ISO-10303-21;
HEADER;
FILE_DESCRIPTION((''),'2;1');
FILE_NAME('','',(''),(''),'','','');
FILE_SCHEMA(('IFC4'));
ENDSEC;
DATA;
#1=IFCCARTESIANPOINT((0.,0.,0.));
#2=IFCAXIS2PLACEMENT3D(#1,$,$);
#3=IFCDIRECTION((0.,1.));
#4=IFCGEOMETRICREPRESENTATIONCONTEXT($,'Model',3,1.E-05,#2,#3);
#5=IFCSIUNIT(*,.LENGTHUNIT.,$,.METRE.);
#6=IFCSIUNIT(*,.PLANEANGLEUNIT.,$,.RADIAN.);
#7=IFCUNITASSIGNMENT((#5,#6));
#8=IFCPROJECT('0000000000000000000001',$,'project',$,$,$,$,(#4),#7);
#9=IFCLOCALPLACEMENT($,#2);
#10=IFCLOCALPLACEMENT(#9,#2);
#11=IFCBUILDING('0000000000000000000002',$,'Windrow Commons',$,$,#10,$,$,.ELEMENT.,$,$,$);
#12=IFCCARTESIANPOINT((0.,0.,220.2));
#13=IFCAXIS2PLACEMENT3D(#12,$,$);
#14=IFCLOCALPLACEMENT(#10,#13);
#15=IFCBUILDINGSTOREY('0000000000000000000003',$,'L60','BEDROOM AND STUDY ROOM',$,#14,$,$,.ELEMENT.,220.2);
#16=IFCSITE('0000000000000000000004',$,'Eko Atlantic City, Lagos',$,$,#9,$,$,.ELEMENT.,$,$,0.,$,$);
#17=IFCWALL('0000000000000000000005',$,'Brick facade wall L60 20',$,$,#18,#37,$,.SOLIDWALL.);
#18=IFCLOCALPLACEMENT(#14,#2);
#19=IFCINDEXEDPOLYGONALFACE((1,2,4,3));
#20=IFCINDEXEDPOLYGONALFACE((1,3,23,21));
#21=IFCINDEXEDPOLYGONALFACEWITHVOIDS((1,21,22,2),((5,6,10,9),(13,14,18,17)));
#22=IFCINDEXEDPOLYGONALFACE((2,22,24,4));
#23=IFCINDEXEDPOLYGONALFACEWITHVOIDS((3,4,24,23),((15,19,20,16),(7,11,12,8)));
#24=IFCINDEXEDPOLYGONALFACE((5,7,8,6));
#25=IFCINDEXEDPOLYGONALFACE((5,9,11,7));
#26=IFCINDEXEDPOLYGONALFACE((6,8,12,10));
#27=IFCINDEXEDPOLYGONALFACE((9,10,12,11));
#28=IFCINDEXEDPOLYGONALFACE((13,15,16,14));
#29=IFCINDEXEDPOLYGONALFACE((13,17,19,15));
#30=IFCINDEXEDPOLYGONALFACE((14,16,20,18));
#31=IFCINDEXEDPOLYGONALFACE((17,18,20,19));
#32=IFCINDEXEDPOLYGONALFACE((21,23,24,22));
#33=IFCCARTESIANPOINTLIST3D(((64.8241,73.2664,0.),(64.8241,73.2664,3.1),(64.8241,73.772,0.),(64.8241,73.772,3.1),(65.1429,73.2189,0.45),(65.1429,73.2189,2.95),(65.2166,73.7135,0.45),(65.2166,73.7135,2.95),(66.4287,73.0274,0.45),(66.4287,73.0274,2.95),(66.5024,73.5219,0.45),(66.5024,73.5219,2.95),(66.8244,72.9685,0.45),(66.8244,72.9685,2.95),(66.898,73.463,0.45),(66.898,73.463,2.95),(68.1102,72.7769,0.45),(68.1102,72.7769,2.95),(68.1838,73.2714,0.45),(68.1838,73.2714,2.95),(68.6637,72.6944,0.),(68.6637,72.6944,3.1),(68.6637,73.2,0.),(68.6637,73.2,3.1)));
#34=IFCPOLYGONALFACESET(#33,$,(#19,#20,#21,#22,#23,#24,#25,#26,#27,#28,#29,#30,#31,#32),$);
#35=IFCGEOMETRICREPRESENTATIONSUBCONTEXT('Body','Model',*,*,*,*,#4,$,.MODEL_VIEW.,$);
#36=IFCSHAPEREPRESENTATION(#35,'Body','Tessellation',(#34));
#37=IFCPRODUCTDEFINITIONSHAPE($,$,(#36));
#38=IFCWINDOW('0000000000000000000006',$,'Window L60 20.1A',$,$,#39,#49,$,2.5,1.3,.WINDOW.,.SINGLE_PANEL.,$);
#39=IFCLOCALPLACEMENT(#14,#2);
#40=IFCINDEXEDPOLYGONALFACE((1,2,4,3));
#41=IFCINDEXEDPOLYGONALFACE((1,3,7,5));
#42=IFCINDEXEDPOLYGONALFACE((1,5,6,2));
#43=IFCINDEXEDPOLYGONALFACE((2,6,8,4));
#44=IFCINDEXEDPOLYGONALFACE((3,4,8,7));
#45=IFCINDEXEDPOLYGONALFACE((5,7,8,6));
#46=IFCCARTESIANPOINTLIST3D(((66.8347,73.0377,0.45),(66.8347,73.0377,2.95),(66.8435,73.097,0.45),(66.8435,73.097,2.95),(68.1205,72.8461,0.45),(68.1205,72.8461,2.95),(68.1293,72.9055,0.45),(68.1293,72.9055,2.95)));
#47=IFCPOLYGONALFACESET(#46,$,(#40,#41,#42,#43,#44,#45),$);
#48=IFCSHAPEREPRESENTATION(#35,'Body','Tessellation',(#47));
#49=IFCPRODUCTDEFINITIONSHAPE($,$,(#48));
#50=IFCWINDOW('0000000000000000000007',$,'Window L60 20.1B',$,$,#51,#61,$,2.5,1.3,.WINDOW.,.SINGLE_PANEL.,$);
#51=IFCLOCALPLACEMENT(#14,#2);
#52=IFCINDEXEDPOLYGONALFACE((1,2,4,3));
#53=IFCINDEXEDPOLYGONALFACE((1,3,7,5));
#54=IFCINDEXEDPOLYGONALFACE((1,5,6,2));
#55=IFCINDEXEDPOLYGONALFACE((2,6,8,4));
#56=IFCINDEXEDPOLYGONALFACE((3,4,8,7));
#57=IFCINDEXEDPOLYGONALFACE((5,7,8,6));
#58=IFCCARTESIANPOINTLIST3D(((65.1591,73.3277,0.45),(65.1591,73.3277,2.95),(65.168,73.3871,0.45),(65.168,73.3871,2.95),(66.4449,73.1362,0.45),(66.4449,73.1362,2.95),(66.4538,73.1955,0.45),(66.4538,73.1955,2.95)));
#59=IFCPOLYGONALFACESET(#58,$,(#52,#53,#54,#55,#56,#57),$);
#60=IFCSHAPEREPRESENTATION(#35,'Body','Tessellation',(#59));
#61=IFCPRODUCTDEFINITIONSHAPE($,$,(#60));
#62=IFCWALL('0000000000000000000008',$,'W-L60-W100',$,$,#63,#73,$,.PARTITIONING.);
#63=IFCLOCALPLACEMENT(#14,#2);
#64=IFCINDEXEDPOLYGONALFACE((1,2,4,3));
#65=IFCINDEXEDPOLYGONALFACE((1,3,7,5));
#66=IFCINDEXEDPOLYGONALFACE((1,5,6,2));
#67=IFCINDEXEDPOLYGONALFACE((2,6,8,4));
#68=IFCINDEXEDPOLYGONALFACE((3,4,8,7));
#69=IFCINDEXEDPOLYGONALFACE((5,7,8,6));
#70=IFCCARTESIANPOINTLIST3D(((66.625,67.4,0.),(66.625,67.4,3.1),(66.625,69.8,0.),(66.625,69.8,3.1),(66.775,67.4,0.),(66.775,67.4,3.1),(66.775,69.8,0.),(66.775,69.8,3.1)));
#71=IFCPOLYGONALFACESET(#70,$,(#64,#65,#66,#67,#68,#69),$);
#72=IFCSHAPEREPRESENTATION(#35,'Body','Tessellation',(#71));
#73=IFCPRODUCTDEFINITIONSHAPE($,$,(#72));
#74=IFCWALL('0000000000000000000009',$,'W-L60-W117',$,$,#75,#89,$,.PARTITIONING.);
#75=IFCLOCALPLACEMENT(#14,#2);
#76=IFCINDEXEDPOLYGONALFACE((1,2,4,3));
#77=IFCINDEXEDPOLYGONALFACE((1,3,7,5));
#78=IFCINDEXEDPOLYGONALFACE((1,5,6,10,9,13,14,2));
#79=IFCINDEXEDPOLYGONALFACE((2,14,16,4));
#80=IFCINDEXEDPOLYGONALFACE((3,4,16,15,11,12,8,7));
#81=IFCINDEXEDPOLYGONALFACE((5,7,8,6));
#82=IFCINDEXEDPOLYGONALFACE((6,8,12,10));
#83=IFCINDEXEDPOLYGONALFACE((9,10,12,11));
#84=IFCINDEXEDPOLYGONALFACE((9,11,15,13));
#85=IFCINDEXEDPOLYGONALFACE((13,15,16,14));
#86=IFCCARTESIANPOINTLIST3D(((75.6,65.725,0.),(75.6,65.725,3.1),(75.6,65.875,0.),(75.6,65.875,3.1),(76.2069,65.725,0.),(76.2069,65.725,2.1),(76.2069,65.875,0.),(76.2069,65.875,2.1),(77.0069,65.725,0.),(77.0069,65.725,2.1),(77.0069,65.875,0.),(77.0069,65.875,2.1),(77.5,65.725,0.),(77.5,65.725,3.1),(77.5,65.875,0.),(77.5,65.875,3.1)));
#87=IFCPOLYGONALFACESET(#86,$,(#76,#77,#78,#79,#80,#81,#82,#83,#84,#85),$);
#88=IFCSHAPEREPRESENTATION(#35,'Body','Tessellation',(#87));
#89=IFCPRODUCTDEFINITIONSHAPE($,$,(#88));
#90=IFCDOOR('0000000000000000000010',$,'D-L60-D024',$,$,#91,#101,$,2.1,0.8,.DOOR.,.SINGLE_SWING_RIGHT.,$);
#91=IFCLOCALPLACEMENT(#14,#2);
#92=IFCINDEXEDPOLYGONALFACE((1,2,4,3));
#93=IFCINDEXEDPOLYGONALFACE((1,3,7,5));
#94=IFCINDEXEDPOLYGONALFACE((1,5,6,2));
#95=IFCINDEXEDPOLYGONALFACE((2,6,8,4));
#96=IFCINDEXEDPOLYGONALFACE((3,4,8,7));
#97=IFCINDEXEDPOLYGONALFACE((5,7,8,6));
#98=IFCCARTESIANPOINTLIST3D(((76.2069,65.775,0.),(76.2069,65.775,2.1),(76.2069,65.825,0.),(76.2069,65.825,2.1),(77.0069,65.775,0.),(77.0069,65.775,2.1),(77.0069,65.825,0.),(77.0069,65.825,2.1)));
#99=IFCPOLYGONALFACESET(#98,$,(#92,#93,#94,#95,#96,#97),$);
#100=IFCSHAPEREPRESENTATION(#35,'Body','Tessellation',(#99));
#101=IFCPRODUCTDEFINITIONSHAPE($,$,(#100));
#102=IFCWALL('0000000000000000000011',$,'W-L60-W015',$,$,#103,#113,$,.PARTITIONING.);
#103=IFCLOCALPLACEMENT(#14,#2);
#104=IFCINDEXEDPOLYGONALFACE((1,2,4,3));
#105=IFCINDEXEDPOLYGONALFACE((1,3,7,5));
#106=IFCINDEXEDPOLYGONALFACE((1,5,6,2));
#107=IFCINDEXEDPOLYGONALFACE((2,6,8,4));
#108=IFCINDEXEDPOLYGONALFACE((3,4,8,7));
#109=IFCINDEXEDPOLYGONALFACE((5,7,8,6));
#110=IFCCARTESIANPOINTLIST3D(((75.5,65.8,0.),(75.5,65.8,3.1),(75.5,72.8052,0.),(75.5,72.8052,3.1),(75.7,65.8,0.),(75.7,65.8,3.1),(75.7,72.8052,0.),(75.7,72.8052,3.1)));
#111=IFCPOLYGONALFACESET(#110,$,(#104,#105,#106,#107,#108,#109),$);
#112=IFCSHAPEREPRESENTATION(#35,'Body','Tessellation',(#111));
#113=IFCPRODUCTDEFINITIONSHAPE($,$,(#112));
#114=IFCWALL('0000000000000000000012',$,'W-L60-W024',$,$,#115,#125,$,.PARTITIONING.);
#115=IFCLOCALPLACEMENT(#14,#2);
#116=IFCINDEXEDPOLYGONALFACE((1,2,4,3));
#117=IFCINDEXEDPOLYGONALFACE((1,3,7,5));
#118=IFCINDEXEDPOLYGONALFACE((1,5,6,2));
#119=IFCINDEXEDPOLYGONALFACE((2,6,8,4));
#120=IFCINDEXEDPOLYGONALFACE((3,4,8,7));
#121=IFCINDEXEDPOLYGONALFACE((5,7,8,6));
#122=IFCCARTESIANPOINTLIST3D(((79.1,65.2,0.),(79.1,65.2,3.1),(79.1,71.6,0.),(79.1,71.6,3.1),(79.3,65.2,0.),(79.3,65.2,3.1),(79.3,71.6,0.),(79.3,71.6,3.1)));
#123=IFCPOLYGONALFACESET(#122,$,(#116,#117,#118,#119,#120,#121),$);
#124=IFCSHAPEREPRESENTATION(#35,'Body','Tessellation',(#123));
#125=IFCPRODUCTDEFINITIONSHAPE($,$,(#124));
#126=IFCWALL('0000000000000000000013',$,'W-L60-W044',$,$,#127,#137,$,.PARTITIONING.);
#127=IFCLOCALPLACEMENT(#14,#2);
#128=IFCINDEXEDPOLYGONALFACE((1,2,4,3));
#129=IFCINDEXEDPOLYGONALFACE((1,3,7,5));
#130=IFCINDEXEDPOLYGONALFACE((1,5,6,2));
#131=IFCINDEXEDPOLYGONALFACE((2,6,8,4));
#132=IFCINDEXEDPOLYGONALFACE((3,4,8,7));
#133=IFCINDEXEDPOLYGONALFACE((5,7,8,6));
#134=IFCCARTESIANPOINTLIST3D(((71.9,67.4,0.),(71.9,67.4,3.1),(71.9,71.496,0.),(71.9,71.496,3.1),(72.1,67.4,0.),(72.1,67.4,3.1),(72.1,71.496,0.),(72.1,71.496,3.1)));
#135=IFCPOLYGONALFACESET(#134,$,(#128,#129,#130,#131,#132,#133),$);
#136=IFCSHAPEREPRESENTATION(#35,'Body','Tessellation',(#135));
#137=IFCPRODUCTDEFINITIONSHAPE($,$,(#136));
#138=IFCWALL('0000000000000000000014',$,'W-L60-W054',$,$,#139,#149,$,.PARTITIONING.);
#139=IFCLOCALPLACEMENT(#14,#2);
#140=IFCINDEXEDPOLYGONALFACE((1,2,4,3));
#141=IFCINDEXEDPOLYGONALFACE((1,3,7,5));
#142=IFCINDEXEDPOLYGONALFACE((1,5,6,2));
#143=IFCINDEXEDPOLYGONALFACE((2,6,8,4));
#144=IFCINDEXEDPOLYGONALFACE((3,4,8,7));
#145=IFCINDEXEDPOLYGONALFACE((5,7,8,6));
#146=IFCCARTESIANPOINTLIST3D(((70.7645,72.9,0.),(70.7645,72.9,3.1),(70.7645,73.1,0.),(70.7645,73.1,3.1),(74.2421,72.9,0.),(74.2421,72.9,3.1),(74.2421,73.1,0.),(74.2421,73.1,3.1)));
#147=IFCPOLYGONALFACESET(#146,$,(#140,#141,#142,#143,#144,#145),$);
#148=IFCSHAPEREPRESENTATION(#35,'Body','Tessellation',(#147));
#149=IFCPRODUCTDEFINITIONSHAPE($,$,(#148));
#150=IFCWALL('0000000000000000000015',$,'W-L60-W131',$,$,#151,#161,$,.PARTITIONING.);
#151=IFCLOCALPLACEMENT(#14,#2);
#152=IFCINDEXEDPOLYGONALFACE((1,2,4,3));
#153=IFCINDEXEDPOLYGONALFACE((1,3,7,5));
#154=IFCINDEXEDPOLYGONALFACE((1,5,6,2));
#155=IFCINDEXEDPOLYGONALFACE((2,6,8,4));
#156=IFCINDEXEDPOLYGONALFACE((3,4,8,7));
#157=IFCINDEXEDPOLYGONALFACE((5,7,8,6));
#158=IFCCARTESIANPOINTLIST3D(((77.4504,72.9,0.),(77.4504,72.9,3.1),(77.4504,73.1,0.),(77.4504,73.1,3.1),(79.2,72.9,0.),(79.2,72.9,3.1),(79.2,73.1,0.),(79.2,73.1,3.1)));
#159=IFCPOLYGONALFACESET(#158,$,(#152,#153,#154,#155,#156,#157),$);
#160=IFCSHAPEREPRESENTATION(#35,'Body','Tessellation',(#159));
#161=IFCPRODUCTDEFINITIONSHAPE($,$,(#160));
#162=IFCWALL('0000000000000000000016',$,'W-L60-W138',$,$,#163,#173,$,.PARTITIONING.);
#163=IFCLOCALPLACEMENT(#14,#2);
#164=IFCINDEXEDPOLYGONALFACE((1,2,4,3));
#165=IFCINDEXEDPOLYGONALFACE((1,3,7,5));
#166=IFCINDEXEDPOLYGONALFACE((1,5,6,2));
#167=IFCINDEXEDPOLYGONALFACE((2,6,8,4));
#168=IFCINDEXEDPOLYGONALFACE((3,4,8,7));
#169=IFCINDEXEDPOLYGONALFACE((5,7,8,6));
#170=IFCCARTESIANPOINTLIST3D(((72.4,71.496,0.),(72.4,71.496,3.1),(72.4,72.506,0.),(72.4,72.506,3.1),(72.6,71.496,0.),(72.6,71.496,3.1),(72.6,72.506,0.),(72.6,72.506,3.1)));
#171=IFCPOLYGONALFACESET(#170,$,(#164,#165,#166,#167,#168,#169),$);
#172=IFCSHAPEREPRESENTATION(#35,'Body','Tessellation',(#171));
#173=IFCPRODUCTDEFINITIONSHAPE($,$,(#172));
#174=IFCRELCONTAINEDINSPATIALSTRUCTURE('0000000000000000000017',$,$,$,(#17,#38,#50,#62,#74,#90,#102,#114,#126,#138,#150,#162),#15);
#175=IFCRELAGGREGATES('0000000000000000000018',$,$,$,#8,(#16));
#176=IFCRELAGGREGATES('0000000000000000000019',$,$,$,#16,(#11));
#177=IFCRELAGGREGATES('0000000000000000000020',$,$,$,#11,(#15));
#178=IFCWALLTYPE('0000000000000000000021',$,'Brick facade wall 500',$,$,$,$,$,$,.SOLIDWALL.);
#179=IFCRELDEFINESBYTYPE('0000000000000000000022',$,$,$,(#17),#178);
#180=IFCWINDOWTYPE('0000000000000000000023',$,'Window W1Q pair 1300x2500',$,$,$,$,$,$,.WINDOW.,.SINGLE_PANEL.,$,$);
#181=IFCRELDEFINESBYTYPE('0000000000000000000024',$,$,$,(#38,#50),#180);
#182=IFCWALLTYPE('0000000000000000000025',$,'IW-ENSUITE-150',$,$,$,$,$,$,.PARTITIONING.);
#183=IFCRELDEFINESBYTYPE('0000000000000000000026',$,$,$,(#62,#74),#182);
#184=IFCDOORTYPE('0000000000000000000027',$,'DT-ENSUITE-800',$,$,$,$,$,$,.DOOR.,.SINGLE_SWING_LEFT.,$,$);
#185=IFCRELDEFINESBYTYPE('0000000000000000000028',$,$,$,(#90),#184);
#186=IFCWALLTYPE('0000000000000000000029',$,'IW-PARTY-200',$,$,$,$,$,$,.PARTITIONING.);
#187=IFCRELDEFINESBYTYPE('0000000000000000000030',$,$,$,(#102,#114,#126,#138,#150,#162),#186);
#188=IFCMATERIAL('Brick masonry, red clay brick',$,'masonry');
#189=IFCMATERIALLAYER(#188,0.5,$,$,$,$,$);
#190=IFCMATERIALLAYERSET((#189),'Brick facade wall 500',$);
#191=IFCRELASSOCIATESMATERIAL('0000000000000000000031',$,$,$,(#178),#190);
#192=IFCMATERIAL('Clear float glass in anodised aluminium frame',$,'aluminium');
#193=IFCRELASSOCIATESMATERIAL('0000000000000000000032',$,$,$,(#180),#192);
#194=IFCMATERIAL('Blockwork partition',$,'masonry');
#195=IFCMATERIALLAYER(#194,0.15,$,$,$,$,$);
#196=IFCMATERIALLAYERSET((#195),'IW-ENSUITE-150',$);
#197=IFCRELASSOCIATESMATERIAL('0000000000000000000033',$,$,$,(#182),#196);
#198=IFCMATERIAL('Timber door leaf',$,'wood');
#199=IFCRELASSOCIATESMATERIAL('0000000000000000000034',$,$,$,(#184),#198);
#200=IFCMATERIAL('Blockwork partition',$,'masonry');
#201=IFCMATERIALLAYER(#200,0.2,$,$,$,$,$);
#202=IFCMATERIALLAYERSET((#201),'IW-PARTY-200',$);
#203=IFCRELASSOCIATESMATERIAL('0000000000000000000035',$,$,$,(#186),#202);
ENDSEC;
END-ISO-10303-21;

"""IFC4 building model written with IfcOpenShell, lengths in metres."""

from ifc_helpers import new_model, si_unit, direction, frame, frame_2d, origin, place, context, subcontext, project, spatial, polyline, rectangle, outline, extrude, material, layer, layer_set, type_object, element, fill, save


model = new_model("IFC4")

# Units and contexts
model_context = context("Model", 3, precision=1e-05, world=origin(), true_north=direction((0.0, 1.0)))
body_context = subcontext(model_context, "Body", "Model", "MODEL_VIEW")
ifc_project = project(units=[si_unit("LENGTHUNIT", "METRE"), si_unit("PLANEANGLEUNIT", "RADIAN")], contexts=[model_context])

# Site, building, storey
site_placement = place(None, origin())
site = spatial("IfcSite", under=ifc_project, at=site_placement, Name="Eko Atlantic City, Lagos", CompositionType="ELEMENT", RefElevation=0.0)
building_placement = place(site_placement, origin())
building = spatial("IfcBuilding", under=site, at=building_placement, Name="Windrow Commons", CompositionType="ELEMENT")
storey_placement = place(building_placement, frame((0.0, 0.0, 220.2)))
storey = spatial("IfcBuildingStorey", under=building, at=storey_placement, Name="L60", Description="BEDROOM AND STUDY ROOM", CompositionType="ELEMENT", Elevation=220.2)

# Shared definitions
ifc_material_1 = material(Name="Brick masonry, red clay brick", Category="masonry")
ifc_layer_1 = layer(ifc_material_1, 0.5)
ifc_layer_set_1 = layer_set([ifc_layer_1], Name="Brick facade wall 500")
wall_type_1 = type_object("IfcWallType", Name="Brick facade wall 500", PredefinedType="SOLIDWALL", material=ifc_layer_set_1)

# Wall, openings, windows
ifc_material_2 = material(Name="Clear float glass in anodised aluminium frame", Category="aluminium")
window_type_1 = type_object("IfcWindowType", Name="Window W1Q pair 1300x2500", PartitioningType="SINGLE_PANEL", PredefinedType="WINDOW", material=ifc_material_2)
wall_1_placement = place(storey_placement, frame((68.6637, 72.9472, 0.0), z_axis=(0.0, 0.0, 1.0), x_axis=(-0.989085, 0.147348, 0.0)))
wall_1 = element("IfcWall", 1, at=wall_1_placement, inside=storey, type_object=wall_type_1, Name="Brick facade wall L60 20", PredefinedType="SOLIDWALL", context=body_context, shape_type="SweptSolid", body=[
    extrude(outline(polyline([(0.0372, -0.25), (3.9192, -0.25), (3.8447, 0.25), (-0.0372, 0.25), (0.0372, -0.25)])), origin(), (0.0, 0.0, 1.0), 3.1),
])
opening_1_placement = place(wall_1_placement, frame((0.5224, 0.0, 0.45)))
opening_1 = element("IfcOpeningElement", 2, at=opening_1_placement, cuts=wall_1, PredefinedType="OPENING", context=body_context, shape_type="SweptSolid", body=[
    extrude(rectangle(XDim=1.3, YDim=2.5, at=frame_2d((0.65, 1.25))), frame((0.0, 0.26, 0.0), z_axis=(0.0, -1.0, 0.0), x_axis=(1.0, 0.0, 0.0)), (0.0, 0.0, 1.0), 0.52),
])
opening_2_placement = place(wall_1_placement, frame((2.2224, 0.0, 0.45)))
opening_2 = element("IfcOpeningElement", 3, at=opening_2_placement, cuts=wall_1, PredefinedType="OPENING", context=body_context, shape_type="SweptSolid", body=[
    extrude(rectangle(XDim=1.3, YDim=2.5, at=frame_2d((0.65, 1.25))), frame((0.0, 0.26, 0.0), z_axis=(0.0, -1.0, 0.0), x_axis=(1.0, 0.0, 0.0)), (0.0, 0.0, 1.0), 0.52),
])
window_1_placement = place(opening_1_placement, origin())
window_1 = element("IfcWindow", 4, at=window_1_placement, inside=storey, type_object=window_type_1, Name="Window L60 20.1A", OverallHeight=2.5, OverallWidth=1.3, PartitioningType="SINGLE_PANEL", PredefinedType="WINDOW", context=body_context, shape_type="SweptSolid", body=[
    extrude(rectangle(XDim=1.3, YDim=2.5, at=frame_2d((0.65, 1.25))), frame((0.0, 0.18, 0.0), z_axis=(0.0, -1.0, 0.0), x_axis=(1.0, 0.0, 0.0)), (0.0, 0.0, 1.0), 0.06),
])
fill(opening_1, window_1)
window_2_placement = place(opening_2_placement, origin())
window_2 = element("IfcWindow", 5, at=window_2_placement, inside=storey, type_object=window_type_1, Name="Window L60 20.1B", OverallHeight=2.5, OverallWidth=1.3, PartitioningType="SINGLE_PANEL", PredefinedType="WINDOW", context=body_context, shape_type="SweptSolid", body=[
    extrude(rectangle(XDim=1.3, YDim=2.5, at=frame_2d((0.65, 1.25))), frame((0.0, 0.14, 0.0), z_axis=(0.0, -1.0, 0.0), x_axis=(1.0, 0.0, 0.0)), (0.0, 0.0, 1.0), 0.06),
])
fill(opening_2, window_2)

# Wall
ifc_material_3 = material(Name="Blockwork partition", Category="masonry")
ifc_layer_2 = layer(ifc_material_3, 0.15)
ifc_layer_set_2 = layer_set([ifc_layer_2], Name="IW-ENSUITE-150")
wall_type_2 = type_object("IfcWallType", Name="IW-ENSUITE-150", PredefinedType="PARTITIONING", material=ifc_layer_set_2)
wall_2_placement = place(storey_placement, frame((66.7, 67.4, 0.0), z_axis=(0.0, 0.0, 1.0), x_axis=(0.0, 1.0, 0.0)))
element("IfcWall", 6, at=wall_2_placement, inside=storey, type_object=wall_type_2, Name="W-L60-W100", PredefinedType="PARTITIONING", context=body_context, shape_type="SweptSolid", body=[
    extrude(rectangle(XDim=2.4, YDim=0.15, at=frame_2d((1.2, 0.0))), origin(), (0.0, 0.0, 1.0), 3.1),
])

# Wall, opening, door
wall_3_placement = place(storey_placement, frame((75.6, 65.8, 0.0), z_axis=(0.0, 0.0, 1.0), x_axis=(1.0, 0.0, 0.0)))
wall_3 = element("IfcWall", 7, at=wall_3_placement, inside=storey, type_object=wall_type_2, Name="W-L60-W117", PredefinedType="PARTITIONING", context=body_context, shape_type="SweptSolid", body=[
    extrude(rectangle(XDim=1.9, YDim=0.15, at=frame_2d((0.95, 0.0))), origin(), (0.0, 0.0, 1.0), 3.1),
])
opening_3_placement = place(wall_3_placement, frame((0.6069, 0.0, 0.0)))
opening_3 = element("IfcOpeningElement", 8, at=opening_3_placement, cuts=wall_3, PredefinedType="OPENING", context=body_context, shape_type="SweptSolid", body=[
    extrude(rectangle(XDim=0.8, YDim=2.1, at=frame_2d((0.4, 1.05))), frame((0.0, 0.085, 0.0), z_axis=(0.0, -1.0, 0.0), x_axis=(1.0, 0.0, 0.0)), (0.0, 0.0, 1.0), 0.17),
])
ifc_material_4 = material(Name="Timber door leaf", Category="wood")
door_type = type_object("IfcDoorType", Name="DT-ENSUITE-800", OperationType="SINGLE_SWING_LEFT", PredefinedType="DOOR", material=ifc_material_4)
door_placement = place(opening_3_placement, origin())
door = element("IfcDoor", 9, at=door_placement, inside=storey, type_object=door_type, Name="D-L60-D024", OperationType="SINGLE_SWING_RIGHT", OverallHeight=2.1, OverallWidth=0.8, PredefinedType="DOOR", context=body_context, shape_type="SweptSolid", body=[
    extrude(rectangle(XDim=0.8, YDim=2.1, at=frame_2d((0.4, 1.05))), frame((0.0, 0.025, 0.0), z_axis=(0.0, -1.0, 0.0), x_axis=(1.0, 0.0, 0.0)), (0.0, 0.0, 1.0), 0.05),
])
fill(opening_3, door)

# Walls
ifc_material_5 = material(Name="Blockwork partition", Category="masonry")
ifc_layer_3 = layer(ifc_material_5, 0.2)
ifc_layer_set_3 = layer_set([ifc_layer_3], Name="IW-PARTY-200")
wall_type_3 = type_object("IfcWallType", Name="IW-PARTY-200", PredefinedType="PARTITIONING", material=ifc_layer_set_3)
wall_4_placement = place(storey_placement, frame((75.6, 65.8, 0.0), z_axis=(0.0, 0.0, 1.0), x_axis=(0.0, 1.0, 0.0)))
element("IfcWall", 10, at=wall_4_placement, inside=storey, type_object=wall_type_3, Name="W-L60-W015", PredefinedType="PARTITIONING", context=body_context, shape_type="SweptSolid", body=[
    extrude(rectangle(XDim=7.0052, YDim=0.2, at=frame_2d((3.5026, 0.0))), origin(), (0.0, 0.0, 1.0), 3.1),
])
wall_5_placement = place(storey_placement, frame((79.2, 65.2, 0.0), z_axis=(0.0, 0.0, 1.0), x_axis=(0.0, 1.0, 0.0)))
element("IfcWall", 11, at=wall_5_placement, inside=storey, type_object=wall_type_3, Name="W-L60-W024", PredefinedType="PARTITIONING", context=body_context, shape_type="SweptSolid", body=[
    extrude(rectangle(XDim=6.4, YDim=0.2, at=frame_2d((3.2, 0.0))), origin(), (0.0, 0.0, 1.0), 3.1),
])
wall_6_placement = place(storey_placement, frame((72.0, 67.4, 0.0), z_axis=(0.0, 0.0, 1.0), x_axis=(0.0, 1.0, 0.0)))
element("IfcWall", 12, at=wall_6_placement, inside=storey, type_object=wall_type_3, Name="W-L60-W044", PredefinedType="PARTITIONING", context=body_context, shape_type="SweptSolid", body=[
    extrude(rectangle(XDim=4.096, YDim=0.2, at=frame_2d((2.048, 0.0))), origin(), (0.0, 0.0, 1.0), 3.1),
])
wall_7_placement = place(storey_placement, frame((70.7645, 73.0, 0.0), z_axis=(0.0, 0.0, 1.0), x_axis=(1.0, 0.0, 0.0)))
element("IfcWall", 13, at=wall_7_placement, inside=storey, type_object=wall_type_3, Name="W-L60-W054", PredefinedType="PARTITIONING", context=body_context, shape_type="SweptSolid", body=[
    extrude(rectangle(XDim=3.4776, YDim=0.2, at=frame_2d((1.7388, 0.0))), origin(), (0.0, 0.0, 1.0), 3.1),
])
wall_8_placement = place(storey_placement, frame((77.4504, 73.0, 0.0), z_axis=(0.0, 0.0, 1.0), x_axis=(1.0, 0.0, 0.0)))
element("IfcWall", 14, at=wall_8_placement, inside=storey, type_object=wall_type_3, Name="W-L60-W131", PredefinedType="PARTITIONING", context=body_context, shape_type="SweptSolid", body=[
    extrude(rectangle(XDim=1.7496, YDim=0.2, at=frame_2d((0.8748, 0.0))), origin(), (0.0, 0.0, 1.0), 3.1),
])
wall_9_placement = place(storey_placement, frame((72.5, 71.496, 0.0), z_axis=(0.0, 0.0, 1.0), x_axis=(0.0, 1.0, 0.0)))
element("IfcWall", 15, at=wall_9_placement, inside=storey, type_object=wall_type_3, Name="W-L60-W138", PredefinedType="PARTITIONING", context=body_context, shape_type="SweptSolid", body=[
    extrude(rectangle(XDim=1.01, YDim=0.2, at=frame_2d((0.505, 0.0))), origin(), (0.0, 0.0, 1.0), 3.1),
])

save(model, "model.ifc")
